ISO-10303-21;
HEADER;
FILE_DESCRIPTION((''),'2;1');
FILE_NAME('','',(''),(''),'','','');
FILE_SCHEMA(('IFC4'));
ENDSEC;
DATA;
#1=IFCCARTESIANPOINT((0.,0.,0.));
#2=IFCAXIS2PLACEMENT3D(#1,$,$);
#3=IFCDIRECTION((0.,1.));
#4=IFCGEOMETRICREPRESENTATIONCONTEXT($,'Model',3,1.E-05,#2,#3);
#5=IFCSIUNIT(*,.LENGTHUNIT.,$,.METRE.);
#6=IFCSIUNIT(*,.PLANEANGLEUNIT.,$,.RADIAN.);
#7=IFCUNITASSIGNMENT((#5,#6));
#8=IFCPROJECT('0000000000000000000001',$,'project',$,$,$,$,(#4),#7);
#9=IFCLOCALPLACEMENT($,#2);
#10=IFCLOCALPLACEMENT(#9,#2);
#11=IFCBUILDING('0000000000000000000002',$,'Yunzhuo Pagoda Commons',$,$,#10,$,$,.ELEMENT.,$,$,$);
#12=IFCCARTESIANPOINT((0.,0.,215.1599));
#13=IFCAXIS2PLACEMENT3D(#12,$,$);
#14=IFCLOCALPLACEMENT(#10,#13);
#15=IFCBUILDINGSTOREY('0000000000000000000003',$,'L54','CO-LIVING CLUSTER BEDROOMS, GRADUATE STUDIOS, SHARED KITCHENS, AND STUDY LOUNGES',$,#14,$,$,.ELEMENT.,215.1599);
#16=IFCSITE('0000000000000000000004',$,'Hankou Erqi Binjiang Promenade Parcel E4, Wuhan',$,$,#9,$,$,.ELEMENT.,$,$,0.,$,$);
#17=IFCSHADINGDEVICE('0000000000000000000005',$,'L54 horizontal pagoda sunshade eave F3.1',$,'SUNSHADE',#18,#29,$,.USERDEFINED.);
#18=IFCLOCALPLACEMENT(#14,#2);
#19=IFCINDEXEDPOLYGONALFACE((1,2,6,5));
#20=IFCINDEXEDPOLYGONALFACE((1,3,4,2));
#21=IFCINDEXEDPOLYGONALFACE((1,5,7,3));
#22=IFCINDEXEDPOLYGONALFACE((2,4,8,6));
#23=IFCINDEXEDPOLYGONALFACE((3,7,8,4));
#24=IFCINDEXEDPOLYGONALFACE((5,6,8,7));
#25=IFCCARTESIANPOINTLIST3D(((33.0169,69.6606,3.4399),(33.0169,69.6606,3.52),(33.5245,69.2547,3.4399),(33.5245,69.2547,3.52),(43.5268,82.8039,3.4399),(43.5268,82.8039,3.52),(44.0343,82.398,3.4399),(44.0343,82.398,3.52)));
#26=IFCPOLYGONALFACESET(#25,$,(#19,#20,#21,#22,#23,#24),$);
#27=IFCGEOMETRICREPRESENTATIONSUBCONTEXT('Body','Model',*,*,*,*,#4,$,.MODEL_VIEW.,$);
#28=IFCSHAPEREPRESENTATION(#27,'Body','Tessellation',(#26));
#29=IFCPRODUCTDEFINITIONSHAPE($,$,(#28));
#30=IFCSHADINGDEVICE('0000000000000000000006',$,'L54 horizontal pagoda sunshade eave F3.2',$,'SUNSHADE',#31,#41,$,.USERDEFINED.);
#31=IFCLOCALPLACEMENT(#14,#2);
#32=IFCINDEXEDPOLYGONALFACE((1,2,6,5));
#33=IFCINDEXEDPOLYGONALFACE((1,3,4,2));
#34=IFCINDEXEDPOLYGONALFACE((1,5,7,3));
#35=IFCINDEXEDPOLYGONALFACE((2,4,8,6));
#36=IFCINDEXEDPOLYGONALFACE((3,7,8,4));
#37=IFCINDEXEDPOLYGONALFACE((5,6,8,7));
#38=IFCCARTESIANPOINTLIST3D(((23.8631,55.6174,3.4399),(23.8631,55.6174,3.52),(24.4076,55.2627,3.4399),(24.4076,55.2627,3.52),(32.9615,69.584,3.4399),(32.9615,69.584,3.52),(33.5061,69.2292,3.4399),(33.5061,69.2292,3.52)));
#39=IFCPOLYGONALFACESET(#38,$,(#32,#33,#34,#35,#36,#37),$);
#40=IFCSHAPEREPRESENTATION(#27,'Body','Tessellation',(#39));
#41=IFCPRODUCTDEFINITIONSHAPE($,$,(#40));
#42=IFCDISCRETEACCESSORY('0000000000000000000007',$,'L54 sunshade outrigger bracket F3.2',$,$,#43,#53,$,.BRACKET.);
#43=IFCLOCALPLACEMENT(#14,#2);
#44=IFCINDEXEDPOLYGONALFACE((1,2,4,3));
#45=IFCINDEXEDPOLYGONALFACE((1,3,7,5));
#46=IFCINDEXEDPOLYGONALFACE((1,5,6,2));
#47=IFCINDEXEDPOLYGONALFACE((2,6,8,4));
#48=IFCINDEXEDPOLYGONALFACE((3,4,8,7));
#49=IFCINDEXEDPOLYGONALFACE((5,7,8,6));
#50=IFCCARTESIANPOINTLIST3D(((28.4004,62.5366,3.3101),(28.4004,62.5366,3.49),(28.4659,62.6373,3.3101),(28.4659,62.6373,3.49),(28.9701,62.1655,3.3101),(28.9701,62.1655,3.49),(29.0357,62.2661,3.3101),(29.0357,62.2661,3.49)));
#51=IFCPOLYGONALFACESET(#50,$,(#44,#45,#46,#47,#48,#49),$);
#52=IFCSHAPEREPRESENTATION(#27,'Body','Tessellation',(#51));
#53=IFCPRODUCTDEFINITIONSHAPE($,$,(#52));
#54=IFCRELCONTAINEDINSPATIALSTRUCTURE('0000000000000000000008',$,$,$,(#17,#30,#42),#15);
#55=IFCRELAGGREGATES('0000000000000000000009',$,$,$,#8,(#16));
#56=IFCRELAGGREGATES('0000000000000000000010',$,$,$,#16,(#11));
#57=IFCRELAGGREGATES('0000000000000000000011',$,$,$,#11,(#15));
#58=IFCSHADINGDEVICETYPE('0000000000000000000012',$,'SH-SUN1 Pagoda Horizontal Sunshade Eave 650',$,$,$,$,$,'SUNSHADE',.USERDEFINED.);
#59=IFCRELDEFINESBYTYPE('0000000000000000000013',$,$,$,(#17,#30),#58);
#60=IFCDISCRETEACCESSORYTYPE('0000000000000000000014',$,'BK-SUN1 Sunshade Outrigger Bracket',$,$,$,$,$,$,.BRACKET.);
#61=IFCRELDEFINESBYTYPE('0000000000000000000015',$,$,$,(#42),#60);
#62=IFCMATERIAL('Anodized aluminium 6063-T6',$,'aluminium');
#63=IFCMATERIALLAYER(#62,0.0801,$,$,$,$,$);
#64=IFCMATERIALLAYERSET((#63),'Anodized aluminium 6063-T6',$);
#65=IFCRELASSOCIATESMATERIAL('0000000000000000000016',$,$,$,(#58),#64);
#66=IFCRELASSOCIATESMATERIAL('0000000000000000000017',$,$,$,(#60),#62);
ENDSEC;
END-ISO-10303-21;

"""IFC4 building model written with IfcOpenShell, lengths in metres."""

from ifc_helpers import new_model, si_unit, direction, frame, origin, origin_2d, place, context, subcontext, project, spatial, rectangle, extrude, source, transform, mapped, material, layer, layer_set, type_object, element, save


model = new_model("IFC4")

# Units and contexts
model_context = context("Model", 3, precision=1e-05, world=origin(), true_north=direction((0.0, 1.0)))
body_context = subcontext(model_context, "Body", "Model", "MODEL_VIEW")
ifc_project = project(units=[si_unit("LENGTHUNIT", "METRE"), si_unit("PLANEANGLEUNIT", "RADIAN")], contexts=[model_context])

# Site, building, storey
site_placement = place(None, origin())
site = spatial("IfcSite", under=ifc_project, at=site_placement, Name="Hankou Erqi Binjiang Promenade Parcel E4, Wuhan", CompositionType="ELEMENT", RefElevation=0.0)
building_placement = place(site_placement, origin())
building = spatial("IfcBuilding", under=site, at=building_placement, Name="Yunzhuo Pagoda Commons", CompositionType="ELEMENT")
storey_placement = place(building_placement, frame((0.0, 0.0, 215.1599)))
storey = spatial("IfcBuildingStorey", under=building, at=storey_placement, Name="L54", Description="CO-LIVING CLUSTER BEDROOMS, GRADUATE STUDIOS, SHARED KITCHENS, AND STUDY LOUNGES", CompositionType="ELEMENT", Elevation=215.1599)

# Shared definitions
ifc_material_1 = material(Name="Anodized aluminium 6063-T6", Category="aluminium")

# Shading devices
ifc_layer_1 = layer(ifc_material_1, 0.0801)
ifc_layer_set_1 = layer_set([ifc_layer_1], Name="Anodized aluminium 6063-T6")
shading_device_type = type_object("IfcShadingDeviceType", Name="SH-SUN1 Pagoda Horizontal Sunshade Eave 650", ElementType="SUNSHADE", PredefinedType="USERDEFINED", material=ifc_layer_set_1)
shared_shape_1 = source(origin(), body_context, "Body", "SweptSolid", [
    extrude(rectangle(XDim=16.8286, YDim=0.6499, at=origin_2d()), origin(), (0.0, 0.0, 1.0), 0.0801),
])
shading_device_1_placement = place(storey_placement, frame((38.5256, 76.0293, 3.4399), z_axis=(0.0, 0.0, 1.0), x_axis=(-0.62452, -0.781008, 0.0)))
element("IfcShadingDevice", 1, at=shading_device_1_placement, inside=storey, type_object=shading_device_type, Name="L54 horizontal pagoda sunshade eave F3.1", ObjectType="SUNSHADE", PredefinedType="USERDEFINED", context=body_context, shape_type="MappedRepresentation", body=[
    mapped(shared_shape_1, transform((0.0, 0.0, 0.0), scale=1.0)),
])
shared_shape_2 = source(origin(), body_context, "Body", "SweptSolid", [
    extrude(rectangle(XDim=16.6687, YDim=0.6499, at=origin_2d()), origin(), (0.0, 0.0, 1.0), 0.0801),
])
shading_device_2_placement = place(storey_placement, frame((28.6846, 62.4233, 3.4399), z_axis=(0.0, 0.0, 1.0), x_axis=(-0.545839, -0.83789, 0.0)))
element("IfcShadingDevice", 2, at=shading_device_2_placement, inside=storey, type_object=shading_device_type, Name="L54 horizontal pagoda sunshade eave F3.2", ObjectType="SUNSHADE", PredefinedType="USERDEFINED", context=body_context, shape_type="MappedRepresentation", body=[
    mapped(shared_shape_2, transform((0.0, 0.0, 0.0), scale=1.0)),
])

# Discrete accessory
discrete_accessory_type = type_object("IfcDiscreteAccessoryType", Name="BK-SUN1 Sunshade Outrigger Bracket", PredefinedType="BRACKET", material=ifc_material_1)
shared_shape_3 = source(origin(), body_context, "Body", "SweptSolid", [
    extrude(rectangle(XDim=0.1201, YDim=0.6799, at=origin_2d()), origin(), (0.0, 0.0, 1.0), 0.1799),
])
discrete_accessory_placement = place(storey_placement, frame((28.718, 62.4014, 3.3101), z_axis=(0.0, 0.0, 1.0), x_axis=(-0.545839, -0.83789, 0.0)))
element("IfcDiscreteAccessory", 3, at=discrete_accessory_placement, inside=storey, type_object=discrete_accessory_type, Name="L54 sunshade outrigger bracket F3.2", PredefinedType="BRACKET", context=body_context, shape_type="MappedRepresentation", body=[
    mapped(shared_shape_3, transform((0.0, 0.0, 0.0), scale=1.0)),
])

save(model, "model.ifc")
